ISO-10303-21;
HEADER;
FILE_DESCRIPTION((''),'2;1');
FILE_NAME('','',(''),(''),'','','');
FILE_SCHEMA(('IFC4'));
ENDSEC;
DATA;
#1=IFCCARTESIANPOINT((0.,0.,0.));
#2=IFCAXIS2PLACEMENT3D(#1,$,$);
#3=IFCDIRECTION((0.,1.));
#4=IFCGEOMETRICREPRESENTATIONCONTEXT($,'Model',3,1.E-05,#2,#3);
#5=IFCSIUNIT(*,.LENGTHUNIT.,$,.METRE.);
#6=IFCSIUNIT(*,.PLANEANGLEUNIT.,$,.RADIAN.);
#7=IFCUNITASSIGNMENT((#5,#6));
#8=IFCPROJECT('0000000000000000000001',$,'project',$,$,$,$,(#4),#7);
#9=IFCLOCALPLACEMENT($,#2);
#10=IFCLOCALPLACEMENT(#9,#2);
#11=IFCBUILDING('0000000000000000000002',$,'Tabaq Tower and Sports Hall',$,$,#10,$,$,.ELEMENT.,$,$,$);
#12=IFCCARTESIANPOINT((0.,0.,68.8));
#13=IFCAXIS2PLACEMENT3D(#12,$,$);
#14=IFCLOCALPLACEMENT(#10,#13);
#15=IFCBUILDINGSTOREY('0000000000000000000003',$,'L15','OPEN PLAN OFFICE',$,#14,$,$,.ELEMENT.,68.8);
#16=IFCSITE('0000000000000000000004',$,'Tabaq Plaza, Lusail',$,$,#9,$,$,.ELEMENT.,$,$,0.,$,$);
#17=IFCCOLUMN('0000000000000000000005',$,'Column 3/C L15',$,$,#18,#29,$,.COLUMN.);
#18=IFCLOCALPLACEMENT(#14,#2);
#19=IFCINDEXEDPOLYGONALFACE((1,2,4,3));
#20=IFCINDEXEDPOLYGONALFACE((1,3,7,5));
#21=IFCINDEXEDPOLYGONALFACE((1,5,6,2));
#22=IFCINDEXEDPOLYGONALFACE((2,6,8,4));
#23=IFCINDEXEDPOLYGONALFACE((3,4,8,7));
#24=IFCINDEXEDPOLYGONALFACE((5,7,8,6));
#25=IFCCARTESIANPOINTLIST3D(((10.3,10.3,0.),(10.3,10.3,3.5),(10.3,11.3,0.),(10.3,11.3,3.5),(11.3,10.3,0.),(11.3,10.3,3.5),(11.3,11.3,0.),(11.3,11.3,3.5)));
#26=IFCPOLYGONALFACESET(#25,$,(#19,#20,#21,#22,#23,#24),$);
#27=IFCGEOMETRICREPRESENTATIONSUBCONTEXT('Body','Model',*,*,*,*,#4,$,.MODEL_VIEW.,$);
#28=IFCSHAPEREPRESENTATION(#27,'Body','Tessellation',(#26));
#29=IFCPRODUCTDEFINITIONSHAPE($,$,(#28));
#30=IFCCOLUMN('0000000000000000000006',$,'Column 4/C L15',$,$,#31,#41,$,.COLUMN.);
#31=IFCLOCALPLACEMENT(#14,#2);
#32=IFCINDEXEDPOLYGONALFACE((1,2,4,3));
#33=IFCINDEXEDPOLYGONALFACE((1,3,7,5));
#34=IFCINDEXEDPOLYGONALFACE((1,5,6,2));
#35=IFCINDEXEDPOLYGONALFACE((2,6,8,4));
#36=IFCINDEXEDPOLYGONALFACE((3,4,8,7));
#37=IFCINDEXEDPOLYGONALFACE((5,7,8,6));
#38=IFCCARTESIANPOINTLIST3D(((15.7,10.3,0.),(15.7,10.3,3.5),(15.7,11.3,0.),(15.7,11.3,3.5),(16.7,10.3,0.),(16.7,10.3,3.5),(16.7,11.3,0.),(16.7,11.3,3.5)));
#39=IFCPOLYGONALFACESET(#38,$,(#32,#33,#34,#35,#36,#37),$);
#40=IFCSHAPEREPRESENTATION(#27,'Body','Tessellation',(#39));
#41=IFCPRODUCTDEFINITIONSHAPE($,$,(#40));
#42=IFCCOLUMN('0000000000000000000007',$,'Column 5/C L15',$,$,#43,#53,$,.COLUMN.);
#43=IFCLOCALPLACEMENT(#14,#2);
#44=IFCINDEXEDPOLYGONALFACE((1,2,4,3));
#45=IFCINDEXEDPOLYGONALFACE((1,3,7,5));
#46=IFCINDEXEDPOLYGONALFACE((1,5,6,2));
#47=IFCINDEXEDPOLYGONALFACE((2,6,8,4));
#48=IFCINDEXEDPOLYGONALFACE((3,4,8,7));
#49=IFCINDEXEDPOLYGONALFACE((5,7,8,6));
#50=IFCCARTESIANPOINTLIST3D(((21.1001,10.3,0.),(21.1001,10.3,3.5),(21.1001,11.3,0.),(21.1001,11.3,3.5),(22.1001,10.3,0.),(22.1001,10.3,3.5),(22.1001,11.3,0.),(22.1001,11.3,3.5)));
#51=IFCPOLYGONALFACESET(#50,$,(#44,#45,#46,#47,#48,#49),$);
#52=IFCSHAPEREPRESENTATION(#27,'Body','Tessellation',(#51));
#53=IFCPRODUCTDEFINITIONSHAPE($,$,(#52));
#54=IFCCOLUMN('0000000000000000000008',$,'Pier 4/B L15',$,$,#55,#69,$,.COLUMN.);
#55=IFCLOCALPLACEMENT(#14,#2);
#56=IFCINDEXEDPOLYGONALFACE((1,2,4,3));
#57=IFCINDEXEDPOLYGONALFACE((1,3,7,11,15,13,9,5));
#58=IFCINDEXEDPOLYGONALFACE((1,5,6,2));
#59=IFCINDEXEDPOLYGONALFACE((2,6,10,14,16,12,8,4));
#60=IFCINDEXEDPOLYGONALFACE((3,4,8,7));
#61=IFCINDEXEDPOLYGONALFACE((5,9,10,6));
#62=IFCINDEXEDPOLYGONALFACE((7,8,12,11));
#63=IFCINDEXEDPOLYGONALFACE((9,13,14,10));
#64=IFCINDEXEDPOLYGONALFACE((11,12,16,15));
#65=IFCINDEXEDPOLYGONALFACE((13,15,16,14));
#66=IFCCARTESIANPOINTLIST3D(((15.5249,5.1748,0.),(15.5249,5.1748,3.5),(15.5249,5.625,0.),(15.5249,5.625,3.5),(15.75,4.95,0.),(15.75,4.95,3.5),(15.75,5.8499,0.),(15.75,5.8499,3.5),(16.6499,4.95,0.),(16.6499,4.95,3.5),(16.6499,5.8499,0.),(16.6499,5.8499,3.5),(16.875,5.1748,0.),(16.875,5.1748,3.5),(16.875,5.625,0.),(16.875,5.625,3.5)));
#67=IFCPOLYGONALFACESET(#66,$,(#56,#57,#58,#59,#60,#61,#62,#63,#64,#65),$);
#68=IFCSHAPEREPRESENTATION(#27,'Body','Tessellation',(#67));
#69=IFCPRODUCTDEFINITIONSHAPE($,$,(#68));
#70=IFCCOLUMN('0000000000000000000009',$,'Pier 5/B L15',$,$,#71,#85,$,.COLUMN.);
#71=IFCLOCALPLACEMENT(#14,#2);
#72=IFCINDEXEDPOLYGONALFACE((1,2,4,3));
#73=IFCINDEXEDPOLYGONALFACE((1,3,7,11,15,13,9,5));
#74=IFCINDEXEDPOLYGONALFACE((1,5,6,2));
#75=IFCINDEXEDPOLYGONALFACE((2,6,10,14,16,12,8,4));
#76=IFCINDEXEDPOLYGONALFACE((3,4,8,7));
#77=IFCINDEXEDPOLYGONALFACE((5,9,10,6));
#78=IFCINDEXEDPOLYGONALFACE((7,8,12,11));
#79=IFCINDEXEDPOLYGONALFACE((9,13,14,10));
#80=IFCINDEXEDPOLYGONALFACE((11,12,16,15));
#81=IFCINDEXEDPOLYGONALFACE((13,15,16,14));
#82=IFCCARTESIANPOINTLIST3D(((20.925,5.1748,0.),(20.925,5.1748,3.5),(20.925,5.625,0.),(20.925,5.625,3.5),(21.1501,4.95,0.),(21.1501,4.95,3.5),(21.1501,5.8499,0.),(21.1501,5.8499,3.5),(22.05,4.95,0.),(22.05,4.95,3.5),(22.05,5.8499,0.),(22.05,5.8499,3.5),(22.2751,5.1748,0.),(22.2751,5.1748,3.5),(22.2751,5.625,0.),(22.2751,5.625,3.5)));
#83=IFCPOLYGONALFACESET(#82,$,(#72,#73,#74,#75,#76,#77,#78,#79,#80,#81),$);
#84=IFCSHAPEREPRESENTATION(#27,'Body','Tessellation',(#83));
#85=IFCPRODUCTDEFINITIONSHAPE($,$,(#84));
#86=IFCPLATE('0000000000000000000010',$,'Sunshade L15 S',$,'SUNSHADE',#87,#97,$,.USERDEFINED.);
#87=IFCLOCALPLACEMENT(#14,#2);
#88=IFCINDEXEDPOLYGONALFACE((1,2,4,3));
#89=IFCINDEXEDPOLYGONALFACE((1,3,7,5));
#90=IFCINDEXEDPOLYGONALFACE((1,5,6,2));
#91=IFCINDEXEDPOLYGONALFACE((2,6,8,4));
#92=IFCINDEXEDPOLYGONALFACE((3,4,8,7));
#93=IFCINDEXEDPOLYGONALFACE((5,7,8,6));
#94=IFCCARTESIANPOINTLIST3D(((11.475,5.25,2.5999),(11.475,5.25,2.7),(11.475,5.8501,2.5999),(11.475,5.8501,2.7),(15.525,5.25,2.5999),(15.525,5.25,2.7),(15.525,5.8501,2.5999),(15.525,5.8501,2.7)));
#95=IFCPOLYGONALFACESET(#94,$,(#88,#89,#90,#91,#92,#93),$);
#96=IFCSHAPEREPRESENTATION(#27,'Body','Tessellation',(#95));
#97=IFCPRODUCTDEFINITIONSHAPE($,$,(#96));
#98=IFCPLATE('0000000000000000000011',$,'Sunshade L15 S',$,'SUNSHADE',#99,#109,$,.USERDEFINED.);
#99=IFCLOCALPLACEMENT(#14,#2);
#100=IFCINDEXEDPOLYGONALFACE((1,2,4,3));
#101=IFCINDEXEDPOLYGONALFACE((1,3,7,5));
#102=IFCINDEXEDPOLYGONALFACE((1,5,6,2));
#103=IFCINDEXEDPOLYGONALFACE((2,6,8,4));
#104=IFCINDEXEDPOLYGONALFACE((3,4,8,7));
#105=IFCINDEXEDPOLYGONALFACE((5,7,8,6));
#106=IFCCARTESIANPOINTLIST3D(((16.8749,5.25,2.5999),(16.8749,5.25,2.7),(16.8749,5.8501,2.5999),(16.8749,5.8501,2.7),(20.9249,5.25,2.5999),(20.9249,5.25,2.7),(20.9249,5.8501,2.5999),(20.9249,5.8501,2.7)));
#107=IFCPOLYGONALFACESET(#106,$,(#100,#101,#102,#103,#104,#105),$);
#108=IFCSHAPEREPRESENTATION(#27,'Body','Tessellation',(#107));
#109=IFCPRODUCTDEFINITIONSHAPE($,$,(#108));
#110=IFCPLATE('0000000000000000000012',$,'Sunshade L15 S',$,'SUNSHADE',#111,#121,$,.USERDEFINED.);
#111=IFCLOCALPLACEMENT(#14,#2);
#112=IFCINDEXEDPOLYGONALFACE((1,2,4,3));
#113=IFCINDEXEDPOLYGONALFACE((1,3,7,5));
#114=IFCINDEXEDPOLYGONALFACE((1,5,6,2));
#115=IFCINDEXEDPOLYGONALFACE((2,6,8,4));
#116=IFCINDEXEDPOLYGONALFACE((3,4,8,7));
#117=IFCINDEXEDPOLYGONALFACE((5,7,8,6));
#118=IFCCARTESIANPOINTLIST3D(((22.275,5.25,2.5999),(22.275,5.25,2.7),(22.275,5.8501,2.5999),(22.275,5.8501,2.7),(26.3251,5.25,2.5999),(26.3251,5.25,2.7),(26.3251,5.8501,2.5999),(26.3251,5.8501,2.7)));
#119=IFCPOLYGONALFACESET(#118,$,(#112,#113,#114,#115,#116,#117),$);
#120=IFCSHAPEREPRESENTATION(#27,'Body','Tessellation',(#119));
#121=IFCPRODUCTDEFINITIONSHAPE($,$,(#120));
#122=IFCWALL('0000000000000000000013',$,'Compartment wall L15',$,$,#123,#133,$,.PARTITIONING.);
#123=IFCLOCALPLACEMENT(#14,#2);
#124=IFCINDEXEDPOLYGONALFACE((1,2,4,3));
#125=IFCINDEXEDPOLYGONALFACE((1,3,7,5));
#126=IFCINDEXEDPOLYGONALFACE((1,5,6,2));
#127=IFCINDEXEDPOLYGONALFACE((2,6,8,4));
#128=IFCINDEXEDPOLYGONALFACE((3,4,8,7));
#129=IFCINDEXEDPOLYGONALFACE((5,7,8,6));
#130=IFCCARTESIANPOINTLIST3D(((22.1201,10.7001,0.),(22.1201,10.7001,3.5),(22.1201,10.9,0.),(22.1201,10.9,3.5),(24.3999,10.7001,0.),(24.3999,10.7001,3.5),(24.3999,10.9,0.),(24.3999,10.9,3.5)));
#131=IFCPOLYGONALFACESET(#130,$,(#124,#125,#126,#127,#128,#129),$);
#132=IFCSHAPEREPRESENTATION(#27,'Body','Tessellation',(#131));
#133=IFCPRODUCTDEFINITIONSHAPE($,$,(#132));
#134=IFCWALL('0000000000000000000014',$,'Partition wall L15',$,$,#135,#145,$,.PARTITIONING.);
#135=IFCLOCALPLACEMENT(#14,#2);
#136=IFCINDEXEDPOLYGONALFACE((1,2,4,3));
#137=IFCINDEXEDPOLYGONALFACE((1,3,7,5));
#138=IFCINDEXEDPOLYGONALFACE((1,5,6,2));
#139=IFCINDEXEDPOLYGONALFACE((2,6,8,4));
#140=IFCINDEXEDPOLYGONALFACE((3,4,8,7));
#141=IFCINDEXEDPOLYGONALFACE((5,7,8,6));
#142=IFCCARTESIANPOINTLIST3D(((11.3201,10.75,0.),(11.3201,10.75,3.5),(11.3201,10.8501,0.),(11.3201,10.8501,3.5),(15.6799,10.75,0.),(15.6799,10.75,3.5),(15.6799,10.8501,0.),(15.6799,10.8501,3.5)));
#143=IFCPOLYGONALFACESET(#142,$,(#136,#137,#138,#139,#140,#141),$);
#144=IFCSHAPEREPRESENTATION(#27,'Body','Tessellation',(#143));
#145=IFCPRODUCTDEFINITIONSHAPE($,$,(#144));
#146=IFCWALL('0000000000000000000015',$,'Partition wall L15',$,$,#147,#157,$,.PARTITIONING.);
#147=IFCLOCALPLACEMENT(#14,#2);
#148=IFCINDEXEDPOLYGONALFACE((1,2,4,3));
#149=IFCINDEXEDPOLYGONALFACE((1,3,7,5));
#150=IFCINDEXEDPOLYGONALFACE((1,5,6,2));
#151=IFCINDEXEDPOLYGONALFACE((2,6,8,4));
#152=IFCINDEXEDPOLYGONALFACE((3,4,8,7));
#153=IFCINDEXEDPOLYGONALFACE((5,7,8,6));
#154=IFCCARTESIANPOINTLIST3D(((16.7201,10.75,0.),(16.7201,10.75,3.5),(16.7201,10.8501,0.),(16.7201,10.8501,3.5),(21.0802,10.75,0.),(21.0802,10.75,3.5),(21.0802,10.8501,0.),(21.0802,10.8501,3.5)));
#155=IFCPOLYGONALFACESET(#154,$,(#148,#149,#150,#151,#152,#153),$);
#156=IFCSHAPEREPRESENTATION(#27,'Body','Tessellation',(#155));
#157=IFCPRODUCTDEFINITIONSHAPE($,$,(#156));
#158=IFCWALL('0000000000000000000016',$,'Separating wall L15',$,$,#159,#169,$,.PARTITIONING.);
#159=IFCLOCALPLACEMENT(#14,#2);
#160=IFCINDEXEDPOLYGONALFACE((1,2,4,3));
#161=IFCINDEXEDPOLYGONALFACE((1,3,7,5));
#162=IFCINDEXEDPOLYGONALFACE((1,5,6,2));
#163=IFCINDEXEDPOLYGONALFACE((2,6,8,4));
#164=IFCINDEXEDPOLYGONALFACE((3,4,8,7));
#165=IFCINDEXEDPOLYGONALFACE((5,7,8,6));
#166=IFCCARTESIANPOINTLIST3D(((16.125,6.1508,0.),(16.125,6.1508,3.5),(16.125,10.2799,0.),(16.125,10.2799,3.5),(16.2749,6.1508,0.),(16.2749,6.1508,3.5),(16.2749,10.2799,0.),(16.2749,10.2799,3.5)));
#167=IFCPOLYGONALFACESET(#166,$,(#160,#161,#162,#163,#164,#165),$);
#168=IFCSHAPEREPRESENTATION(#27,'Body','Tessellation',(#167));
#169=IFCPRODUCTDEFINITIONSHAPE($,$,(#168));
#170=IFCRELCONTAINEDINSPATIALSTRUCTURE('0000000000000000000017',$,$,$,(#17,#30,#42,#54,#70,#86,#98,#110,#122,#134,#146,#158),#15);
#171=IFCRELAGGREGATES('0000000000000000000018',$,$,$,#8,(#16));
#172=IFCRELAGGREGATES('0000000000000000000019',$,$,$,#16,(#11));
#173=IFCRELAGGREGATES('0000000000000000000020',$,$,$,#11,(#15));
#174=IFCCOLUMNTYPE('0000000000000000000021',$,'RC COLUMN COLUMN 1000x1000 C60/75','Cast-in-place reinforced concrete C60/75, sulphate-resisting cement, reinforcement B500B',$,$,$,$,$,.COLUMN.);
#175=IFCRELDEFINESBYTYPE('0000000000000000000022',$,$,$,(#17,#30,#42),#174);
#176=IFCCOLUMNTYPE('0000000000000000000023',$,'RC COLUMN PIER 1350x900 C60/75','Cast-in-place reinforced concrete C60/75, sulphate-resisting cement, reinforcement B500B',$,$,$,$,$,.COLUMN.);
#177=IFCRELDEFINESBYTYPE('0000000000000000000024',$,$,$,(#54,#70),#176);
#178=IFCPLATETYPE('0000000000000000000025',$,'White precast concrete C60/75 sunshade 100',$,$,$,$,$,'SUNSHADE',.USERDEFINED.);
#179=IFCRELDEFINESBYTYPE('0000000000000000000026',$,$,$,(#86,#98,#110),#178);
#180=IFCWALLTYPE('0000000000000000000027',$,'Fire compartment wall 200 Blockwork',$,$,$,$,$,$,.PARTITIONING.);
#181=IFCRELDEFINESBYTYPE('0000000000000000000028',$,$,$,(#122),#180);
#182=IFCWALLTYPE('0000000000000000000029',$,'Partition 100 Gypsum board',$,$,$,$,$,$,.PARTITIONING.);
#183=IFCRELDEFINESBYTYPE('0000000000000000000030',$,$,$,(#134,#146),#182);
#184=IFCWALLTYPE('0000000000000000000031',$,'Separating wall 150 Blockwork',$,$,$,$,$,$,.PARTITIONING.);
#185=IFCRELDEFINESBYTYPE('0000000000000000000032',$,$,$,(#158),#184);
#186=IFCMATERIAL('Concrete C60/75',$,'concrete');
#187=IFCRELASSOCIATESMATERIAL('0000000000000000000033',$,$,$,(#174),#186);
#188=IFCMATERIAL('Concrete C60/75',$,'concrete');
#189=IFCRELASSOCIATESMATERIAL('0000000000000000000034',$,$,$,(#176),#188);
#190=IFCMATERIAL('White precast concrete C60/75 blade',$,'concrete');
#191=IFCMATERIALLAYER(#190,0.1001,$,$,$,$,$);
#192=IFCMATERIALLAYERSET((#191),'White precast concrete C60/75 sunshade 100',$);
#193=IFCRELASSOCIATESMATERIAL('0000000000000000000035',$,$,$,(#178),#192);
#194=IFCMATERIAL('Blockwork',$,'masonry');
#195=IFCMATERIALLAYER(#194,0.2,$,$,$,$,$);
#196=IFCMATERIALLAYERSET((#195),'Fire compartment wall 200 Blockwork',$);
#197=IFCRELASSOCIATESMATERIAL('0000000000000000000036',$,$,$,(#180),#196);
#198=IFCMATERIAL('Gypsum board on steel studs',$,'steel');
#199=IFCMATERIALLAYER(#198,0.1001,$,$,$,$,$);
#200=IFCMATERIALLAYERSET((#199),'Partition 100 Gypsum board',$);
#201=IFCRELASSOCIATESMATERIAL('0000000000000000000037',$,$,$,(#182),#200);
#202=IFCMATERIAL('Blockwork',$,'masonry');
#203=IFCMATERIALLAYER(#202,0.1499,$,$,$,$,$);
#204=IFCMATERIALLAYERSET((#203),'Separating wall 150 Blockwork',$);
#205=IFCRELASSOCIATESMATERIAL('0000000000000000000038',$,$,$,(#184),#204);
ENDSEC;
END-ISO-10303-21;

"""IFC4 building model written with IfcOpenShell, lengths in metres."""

from ifc_helpers import new_model, si_unit, direction, frame, frame_2d, origin, origin_2d, place, context, subcontext, project, spatial, polyline, rectangle, outline, extrude, material, layer, layer_set, material_profile, profile_set, type_object, element, save


model = new_model("IFC4")

# Units and contexts
model_context = context("Model", 3, precision=1e-05, world=origin(), true_north=direction((0.0, 1.0)))
body_context = subcontext(model_context, "Body", "Model", "MODEL_VIEW")
ifc_project = project(units=[si_unit("LENGTHUNIT", "METRE"), si_unit("PLANEANGLEUNIT", "RADIAN")], contexts=[model_context])

# Site, building, storey
site_placement = place(None, origin())
site = spatial("IfcSite", under=ifc_project, at=site_placement, Name="Tabaq Plaza, Lusail", CompositionType="ELEMENT", RefElevation=0.0)
building_placement = place(site_placement, origin())
building = spatial("IfcBuilding", under=site, at=building_placement, Name="Tabaq Tower and Sports Hall", CompositionType="ELEMENT")
storey_placement = place(building_placement, frame((0.0, 0.0, 68.8)))
storey = spatial("IfcBuildingStorey", under=building, at=storey_placement, Name="L15", Description="OPEN PLAN OFFICE", CompositionType="ELEMENT", Elevation=68.8)

# Columns
ifc_material_1 = material(Name="Concrete C60/75", Category="concrete")
ifc_material_profile_1 = material_profile(ifc_material_1, rectangle(XDim=1.0, YDim=1.0, at=origin_2d()), Name="COLUMN 1000x1000")
ifc_profile_set_1 = profile_set([ifc_material_profile_1], Name="Concrete C60/75")
column_type_1 = type_object("IfcColumnType", Name="RC COLUMN COLUMN 1000x1000 C60/75", Description="Cast-in-place reinforced concrete C60/75, sulphate-resisting cement, reinforcement B500B", PredefinedType="COLUMN", material=ifc_profile_set_1)
for number, where, z_axis, x_axis, name in (
    (1, (10.8, 10.8, 0.0), (0.0, 0.0, 1.0), (1.0, 0.0, 0.0), "Column 3/C L15"),
    (2, (16.2, 10.8, 0.0), (0.0, 0.0, 1.0), (1.0, 0.0, 0.0), "Column 4/C L15"),
    (3, (21.6001, 10.8, 0.0), (0.0, 0.0, 1.0), (1.0, 0.0, 0.0), "Column 5/C L15"),
):
    element("IfcColumn", number, at=place(storey_placement, frame(where, z_axis=z_axis, x_axis=x_axis)), inside=storey, type_object=column_type_1, Name=name, PredefinedType="COLUMN", context=body_context, shape_type="SweptSolid", body=[
        extrude(rectangle(XDim=1.0, YDim=1.0, at=origin_2d()), origin(), (0.0, 0.0, 1.0), 3.5),
    ])
ifc_material_2 = material(Name="Concrete C60/75", Category="concrete")
ifc_material_profile_2 = material_profile(ifc_material_2, outline(polyline([(-0.45, -0.45), (0.45, -0.45), (0.675, -0.2251), (0.675, 0.2251), (0.45, 0.45), (-0.45, 0.45), (-0.675, 0.2251), (-0.675, -0.2251), (-0.45, -0.45)])), Name="PIER 1350x900")
ifc_profile_set_2 = profile_set([ifc_material_profile_2], Name="Concrete C60/75")
column_type_2 = type_object("IfcColumnType", Name="RC COLUMN PIER 1350x900 C60/75", Description="Cast-in-place reinforced concrete C60/75, sulphate-resisting cement, reinforcement B500B", PredefinedType="COLUMN", material=ifc_profile_set_2)
for number, where, z_axis, x_axis, name in (
    (4, (16.2, 5.3999, 0.0), (0.0, 0.0, 1.0), (1.0, 0.0, 0.0), "Pier 4/B L15"),
    (5, (21.6001, 5.3999, 0.0), (0.0, 0.0, 1.0), (1.0, 0.0, 0.0), "Pier 5/B L15"),
):
    element("IfcColumn", number, at=place(storey_placement, frame(where, z_axis=z_axis, x_axis=x_axis)), inside=storey, type_object=column_type_2, Name=name, PredefinedType="COLUMN", context=body_context, shape_type="SweptSolid", body=[
        extrude(outline(polyline([(-0.45, -0.45), (0.45, -0.45), (0.675, -0.2251), (0.675, 0.2251), (0.45, 0.45), (-0.45, 0.45), (-0.675, 0.2251), (-0.675, -0.2251), (-0.45, -0.45)])), origin(), (0.0, 0.0, 1.0), 3.5),
    ])

# Plates
ifc_material_3 = material(Name="White precast concrete C60/75 blade", Category="concrete")
ifc_layer_1 = layer(ifc_material_3, 0.1001)
ifc_layer_set_1 = layer_set([ifc_layer_1], Name="White precast concrete C60/75 sunshade 100")
plate_type = type_object("IfcPlateType", Name="White precast concrete C60/75 sunshade 100", ElementType="SUNSHADE", PredefinedType="USERDEFINED", material=ifc_layer_set_1)
for number, where, z_axis, x_axis, name in (
    (6, (13.5, 5.55, 2.5999), (0.0, 0.0, 1.0), (1.0, 0.0, 0.0), "Sunshade L15 S"),
    (7, (18.8999, 5.55, 2.5999), (0.0, 0.0, 1.0), (1.0, 0.0, 0.0), "Sunshade L15 S"),
    (8, (24.3, 5.55, 2.5999), (0.0, 0.0, 1.0), (1.0, 0.0, 0.0), "Sunshade L15 S"),
):
    element("IfcPlate", number, at=place(storey_placement, frame(where, z_axis=z_axis, x_axis=x_axis)), inside=storey, type_object=plate_type, Name=name, ObjectType="SUNSHADE", PredefinedType="USERDEFINED", context=body_context, shape_type="SweptSolid", body=[
        extrude(rectangle(XDim=4.05, YDim=0.6001, at=origin_2d()), origin(), (0.0, 0.0, 1.0), 0.1001),
    ])

# Walls
ifc_material_4 = material(Name="Blockwork", Category="masonry")
ifc_layer_2 = layer(ifc_material_4, 0.2)
ifc_layer_set_2 = layer_set([ifc_layer_2], Name="Fire compartment wall 200 Blockwork")
wall_type_1 = type_object("IfcWallType", Name="Fire compartment wall 200 Blockwork", PredefinedType="PARTITIONING", material=ifc_layer_set_2)
wall_1_placement = place(storey_placement, frame((22.1201, 10.8, 0.0), z_axis=(0.0, 0.0, 1.0), x_axis=(1.0, 0.0, 0.0)))
element("IfcWall", 9, at=wall_1_placement, inside=storey, type_object=wall_type_1, Name="Compartment wall L15", PredefinedType="PARTITIONING", context=body_context, shape_type="SweptSolid", body=[
    extrude(rectangle(XDim=2.2798, YDim=0.2, at=frame_2d((1.1399, 0.0))), origin(), (0.0, 0.0, 1.0), 3.5),
])
ifc_material_5 = material(Name="Gypsum board on steel studs", Category="steel")
ifc_layer_3 = layer(ifc_material_5, 0.1001)
ifc_layer_set_3 = layer_set([ifc_layer_3], Name="Partition 100 Gypsum board")
wall_type_2 = type_object("IfcWallType", Name="Partition 100 Gypsum board", PredefinedType="PARTITIONING", material=ifc_layer_set_3)
wall_2_placement = place(storey_placement, frame((11.3201, 10.8, 0.0), z_axis=(0.0, 0.0, 1.0), x_axis=(1.0, 0.0, 0.0)))
element("IfcWall", 10, at=wall_2_placement, inside=storey, type_object=wall_type_2, Name="Partition wall L15", PredefinedType="PARTITIONING", context=body_context, shape_type="SweptSolid", body=[
    extrude(rectangle(XDim=4.3599, YDim=0.1001, at=frame_2d((2.1799, 0.0))), origin(), (0.0, 0.0, 1.0), 3.5),
])
wall_3_placement = place(storey_placement, frame((16.72, 10.8, 0.0), z_axis=(0.0, 0.0, 1.0), x_axis=(1.0, 0.0, 0.0)))
element("IfcWall", 11, at=wall_3_placement, inside=storey, type_object=wall_type_2, Name="Partition wall L15", PredefinedType="PARTITIONING", context=body_context, shape_type="SweptSolid", body=[
    extrude(rectangle(XDim=4.3601, YDim=0.1001, at=frame_2d((2.1802, 0.0))), origin(), (0.0, 0.0, 1.0), 3.5),
])
ifc_material_6 = material(Name="Blockwork", Category="masonry")
ifc_layer_4 = layer(ifc_material_6, 0.1499)
ifc_layer_set_4 = layer_set([ifc_layer_4], Name="Separating wall 150 Blockwork")
wall_type_3 = type_object("IfcWallType", Name="Separating wall 150 Blockwork", PredefinedType="PARTITIONING", material=ifc_layer_set_4)
wall_4_placement = place(storey_placement, frame((16.2, 6.1509, 0.0), z_axis=(0.0, 0.0, 1.0), x_axis=(0.0, 1.0, 0.0)))
element("IfcWall", 12, at=wall_4_placement, inside=storey, type_object=wall_type_3, Name="Separating wall L15", PredefinedType="PARTITIONING", context=body_context, shape_type="SweptSolid", body=[
    extrude(rectangle(XDim=4.1292, YDim=0.1499, at=frame_2d((2.0645, 0.0))), origin(), (0.0, 0.0, 1.0), 3.5),
])

save(model, "model.ifc")
